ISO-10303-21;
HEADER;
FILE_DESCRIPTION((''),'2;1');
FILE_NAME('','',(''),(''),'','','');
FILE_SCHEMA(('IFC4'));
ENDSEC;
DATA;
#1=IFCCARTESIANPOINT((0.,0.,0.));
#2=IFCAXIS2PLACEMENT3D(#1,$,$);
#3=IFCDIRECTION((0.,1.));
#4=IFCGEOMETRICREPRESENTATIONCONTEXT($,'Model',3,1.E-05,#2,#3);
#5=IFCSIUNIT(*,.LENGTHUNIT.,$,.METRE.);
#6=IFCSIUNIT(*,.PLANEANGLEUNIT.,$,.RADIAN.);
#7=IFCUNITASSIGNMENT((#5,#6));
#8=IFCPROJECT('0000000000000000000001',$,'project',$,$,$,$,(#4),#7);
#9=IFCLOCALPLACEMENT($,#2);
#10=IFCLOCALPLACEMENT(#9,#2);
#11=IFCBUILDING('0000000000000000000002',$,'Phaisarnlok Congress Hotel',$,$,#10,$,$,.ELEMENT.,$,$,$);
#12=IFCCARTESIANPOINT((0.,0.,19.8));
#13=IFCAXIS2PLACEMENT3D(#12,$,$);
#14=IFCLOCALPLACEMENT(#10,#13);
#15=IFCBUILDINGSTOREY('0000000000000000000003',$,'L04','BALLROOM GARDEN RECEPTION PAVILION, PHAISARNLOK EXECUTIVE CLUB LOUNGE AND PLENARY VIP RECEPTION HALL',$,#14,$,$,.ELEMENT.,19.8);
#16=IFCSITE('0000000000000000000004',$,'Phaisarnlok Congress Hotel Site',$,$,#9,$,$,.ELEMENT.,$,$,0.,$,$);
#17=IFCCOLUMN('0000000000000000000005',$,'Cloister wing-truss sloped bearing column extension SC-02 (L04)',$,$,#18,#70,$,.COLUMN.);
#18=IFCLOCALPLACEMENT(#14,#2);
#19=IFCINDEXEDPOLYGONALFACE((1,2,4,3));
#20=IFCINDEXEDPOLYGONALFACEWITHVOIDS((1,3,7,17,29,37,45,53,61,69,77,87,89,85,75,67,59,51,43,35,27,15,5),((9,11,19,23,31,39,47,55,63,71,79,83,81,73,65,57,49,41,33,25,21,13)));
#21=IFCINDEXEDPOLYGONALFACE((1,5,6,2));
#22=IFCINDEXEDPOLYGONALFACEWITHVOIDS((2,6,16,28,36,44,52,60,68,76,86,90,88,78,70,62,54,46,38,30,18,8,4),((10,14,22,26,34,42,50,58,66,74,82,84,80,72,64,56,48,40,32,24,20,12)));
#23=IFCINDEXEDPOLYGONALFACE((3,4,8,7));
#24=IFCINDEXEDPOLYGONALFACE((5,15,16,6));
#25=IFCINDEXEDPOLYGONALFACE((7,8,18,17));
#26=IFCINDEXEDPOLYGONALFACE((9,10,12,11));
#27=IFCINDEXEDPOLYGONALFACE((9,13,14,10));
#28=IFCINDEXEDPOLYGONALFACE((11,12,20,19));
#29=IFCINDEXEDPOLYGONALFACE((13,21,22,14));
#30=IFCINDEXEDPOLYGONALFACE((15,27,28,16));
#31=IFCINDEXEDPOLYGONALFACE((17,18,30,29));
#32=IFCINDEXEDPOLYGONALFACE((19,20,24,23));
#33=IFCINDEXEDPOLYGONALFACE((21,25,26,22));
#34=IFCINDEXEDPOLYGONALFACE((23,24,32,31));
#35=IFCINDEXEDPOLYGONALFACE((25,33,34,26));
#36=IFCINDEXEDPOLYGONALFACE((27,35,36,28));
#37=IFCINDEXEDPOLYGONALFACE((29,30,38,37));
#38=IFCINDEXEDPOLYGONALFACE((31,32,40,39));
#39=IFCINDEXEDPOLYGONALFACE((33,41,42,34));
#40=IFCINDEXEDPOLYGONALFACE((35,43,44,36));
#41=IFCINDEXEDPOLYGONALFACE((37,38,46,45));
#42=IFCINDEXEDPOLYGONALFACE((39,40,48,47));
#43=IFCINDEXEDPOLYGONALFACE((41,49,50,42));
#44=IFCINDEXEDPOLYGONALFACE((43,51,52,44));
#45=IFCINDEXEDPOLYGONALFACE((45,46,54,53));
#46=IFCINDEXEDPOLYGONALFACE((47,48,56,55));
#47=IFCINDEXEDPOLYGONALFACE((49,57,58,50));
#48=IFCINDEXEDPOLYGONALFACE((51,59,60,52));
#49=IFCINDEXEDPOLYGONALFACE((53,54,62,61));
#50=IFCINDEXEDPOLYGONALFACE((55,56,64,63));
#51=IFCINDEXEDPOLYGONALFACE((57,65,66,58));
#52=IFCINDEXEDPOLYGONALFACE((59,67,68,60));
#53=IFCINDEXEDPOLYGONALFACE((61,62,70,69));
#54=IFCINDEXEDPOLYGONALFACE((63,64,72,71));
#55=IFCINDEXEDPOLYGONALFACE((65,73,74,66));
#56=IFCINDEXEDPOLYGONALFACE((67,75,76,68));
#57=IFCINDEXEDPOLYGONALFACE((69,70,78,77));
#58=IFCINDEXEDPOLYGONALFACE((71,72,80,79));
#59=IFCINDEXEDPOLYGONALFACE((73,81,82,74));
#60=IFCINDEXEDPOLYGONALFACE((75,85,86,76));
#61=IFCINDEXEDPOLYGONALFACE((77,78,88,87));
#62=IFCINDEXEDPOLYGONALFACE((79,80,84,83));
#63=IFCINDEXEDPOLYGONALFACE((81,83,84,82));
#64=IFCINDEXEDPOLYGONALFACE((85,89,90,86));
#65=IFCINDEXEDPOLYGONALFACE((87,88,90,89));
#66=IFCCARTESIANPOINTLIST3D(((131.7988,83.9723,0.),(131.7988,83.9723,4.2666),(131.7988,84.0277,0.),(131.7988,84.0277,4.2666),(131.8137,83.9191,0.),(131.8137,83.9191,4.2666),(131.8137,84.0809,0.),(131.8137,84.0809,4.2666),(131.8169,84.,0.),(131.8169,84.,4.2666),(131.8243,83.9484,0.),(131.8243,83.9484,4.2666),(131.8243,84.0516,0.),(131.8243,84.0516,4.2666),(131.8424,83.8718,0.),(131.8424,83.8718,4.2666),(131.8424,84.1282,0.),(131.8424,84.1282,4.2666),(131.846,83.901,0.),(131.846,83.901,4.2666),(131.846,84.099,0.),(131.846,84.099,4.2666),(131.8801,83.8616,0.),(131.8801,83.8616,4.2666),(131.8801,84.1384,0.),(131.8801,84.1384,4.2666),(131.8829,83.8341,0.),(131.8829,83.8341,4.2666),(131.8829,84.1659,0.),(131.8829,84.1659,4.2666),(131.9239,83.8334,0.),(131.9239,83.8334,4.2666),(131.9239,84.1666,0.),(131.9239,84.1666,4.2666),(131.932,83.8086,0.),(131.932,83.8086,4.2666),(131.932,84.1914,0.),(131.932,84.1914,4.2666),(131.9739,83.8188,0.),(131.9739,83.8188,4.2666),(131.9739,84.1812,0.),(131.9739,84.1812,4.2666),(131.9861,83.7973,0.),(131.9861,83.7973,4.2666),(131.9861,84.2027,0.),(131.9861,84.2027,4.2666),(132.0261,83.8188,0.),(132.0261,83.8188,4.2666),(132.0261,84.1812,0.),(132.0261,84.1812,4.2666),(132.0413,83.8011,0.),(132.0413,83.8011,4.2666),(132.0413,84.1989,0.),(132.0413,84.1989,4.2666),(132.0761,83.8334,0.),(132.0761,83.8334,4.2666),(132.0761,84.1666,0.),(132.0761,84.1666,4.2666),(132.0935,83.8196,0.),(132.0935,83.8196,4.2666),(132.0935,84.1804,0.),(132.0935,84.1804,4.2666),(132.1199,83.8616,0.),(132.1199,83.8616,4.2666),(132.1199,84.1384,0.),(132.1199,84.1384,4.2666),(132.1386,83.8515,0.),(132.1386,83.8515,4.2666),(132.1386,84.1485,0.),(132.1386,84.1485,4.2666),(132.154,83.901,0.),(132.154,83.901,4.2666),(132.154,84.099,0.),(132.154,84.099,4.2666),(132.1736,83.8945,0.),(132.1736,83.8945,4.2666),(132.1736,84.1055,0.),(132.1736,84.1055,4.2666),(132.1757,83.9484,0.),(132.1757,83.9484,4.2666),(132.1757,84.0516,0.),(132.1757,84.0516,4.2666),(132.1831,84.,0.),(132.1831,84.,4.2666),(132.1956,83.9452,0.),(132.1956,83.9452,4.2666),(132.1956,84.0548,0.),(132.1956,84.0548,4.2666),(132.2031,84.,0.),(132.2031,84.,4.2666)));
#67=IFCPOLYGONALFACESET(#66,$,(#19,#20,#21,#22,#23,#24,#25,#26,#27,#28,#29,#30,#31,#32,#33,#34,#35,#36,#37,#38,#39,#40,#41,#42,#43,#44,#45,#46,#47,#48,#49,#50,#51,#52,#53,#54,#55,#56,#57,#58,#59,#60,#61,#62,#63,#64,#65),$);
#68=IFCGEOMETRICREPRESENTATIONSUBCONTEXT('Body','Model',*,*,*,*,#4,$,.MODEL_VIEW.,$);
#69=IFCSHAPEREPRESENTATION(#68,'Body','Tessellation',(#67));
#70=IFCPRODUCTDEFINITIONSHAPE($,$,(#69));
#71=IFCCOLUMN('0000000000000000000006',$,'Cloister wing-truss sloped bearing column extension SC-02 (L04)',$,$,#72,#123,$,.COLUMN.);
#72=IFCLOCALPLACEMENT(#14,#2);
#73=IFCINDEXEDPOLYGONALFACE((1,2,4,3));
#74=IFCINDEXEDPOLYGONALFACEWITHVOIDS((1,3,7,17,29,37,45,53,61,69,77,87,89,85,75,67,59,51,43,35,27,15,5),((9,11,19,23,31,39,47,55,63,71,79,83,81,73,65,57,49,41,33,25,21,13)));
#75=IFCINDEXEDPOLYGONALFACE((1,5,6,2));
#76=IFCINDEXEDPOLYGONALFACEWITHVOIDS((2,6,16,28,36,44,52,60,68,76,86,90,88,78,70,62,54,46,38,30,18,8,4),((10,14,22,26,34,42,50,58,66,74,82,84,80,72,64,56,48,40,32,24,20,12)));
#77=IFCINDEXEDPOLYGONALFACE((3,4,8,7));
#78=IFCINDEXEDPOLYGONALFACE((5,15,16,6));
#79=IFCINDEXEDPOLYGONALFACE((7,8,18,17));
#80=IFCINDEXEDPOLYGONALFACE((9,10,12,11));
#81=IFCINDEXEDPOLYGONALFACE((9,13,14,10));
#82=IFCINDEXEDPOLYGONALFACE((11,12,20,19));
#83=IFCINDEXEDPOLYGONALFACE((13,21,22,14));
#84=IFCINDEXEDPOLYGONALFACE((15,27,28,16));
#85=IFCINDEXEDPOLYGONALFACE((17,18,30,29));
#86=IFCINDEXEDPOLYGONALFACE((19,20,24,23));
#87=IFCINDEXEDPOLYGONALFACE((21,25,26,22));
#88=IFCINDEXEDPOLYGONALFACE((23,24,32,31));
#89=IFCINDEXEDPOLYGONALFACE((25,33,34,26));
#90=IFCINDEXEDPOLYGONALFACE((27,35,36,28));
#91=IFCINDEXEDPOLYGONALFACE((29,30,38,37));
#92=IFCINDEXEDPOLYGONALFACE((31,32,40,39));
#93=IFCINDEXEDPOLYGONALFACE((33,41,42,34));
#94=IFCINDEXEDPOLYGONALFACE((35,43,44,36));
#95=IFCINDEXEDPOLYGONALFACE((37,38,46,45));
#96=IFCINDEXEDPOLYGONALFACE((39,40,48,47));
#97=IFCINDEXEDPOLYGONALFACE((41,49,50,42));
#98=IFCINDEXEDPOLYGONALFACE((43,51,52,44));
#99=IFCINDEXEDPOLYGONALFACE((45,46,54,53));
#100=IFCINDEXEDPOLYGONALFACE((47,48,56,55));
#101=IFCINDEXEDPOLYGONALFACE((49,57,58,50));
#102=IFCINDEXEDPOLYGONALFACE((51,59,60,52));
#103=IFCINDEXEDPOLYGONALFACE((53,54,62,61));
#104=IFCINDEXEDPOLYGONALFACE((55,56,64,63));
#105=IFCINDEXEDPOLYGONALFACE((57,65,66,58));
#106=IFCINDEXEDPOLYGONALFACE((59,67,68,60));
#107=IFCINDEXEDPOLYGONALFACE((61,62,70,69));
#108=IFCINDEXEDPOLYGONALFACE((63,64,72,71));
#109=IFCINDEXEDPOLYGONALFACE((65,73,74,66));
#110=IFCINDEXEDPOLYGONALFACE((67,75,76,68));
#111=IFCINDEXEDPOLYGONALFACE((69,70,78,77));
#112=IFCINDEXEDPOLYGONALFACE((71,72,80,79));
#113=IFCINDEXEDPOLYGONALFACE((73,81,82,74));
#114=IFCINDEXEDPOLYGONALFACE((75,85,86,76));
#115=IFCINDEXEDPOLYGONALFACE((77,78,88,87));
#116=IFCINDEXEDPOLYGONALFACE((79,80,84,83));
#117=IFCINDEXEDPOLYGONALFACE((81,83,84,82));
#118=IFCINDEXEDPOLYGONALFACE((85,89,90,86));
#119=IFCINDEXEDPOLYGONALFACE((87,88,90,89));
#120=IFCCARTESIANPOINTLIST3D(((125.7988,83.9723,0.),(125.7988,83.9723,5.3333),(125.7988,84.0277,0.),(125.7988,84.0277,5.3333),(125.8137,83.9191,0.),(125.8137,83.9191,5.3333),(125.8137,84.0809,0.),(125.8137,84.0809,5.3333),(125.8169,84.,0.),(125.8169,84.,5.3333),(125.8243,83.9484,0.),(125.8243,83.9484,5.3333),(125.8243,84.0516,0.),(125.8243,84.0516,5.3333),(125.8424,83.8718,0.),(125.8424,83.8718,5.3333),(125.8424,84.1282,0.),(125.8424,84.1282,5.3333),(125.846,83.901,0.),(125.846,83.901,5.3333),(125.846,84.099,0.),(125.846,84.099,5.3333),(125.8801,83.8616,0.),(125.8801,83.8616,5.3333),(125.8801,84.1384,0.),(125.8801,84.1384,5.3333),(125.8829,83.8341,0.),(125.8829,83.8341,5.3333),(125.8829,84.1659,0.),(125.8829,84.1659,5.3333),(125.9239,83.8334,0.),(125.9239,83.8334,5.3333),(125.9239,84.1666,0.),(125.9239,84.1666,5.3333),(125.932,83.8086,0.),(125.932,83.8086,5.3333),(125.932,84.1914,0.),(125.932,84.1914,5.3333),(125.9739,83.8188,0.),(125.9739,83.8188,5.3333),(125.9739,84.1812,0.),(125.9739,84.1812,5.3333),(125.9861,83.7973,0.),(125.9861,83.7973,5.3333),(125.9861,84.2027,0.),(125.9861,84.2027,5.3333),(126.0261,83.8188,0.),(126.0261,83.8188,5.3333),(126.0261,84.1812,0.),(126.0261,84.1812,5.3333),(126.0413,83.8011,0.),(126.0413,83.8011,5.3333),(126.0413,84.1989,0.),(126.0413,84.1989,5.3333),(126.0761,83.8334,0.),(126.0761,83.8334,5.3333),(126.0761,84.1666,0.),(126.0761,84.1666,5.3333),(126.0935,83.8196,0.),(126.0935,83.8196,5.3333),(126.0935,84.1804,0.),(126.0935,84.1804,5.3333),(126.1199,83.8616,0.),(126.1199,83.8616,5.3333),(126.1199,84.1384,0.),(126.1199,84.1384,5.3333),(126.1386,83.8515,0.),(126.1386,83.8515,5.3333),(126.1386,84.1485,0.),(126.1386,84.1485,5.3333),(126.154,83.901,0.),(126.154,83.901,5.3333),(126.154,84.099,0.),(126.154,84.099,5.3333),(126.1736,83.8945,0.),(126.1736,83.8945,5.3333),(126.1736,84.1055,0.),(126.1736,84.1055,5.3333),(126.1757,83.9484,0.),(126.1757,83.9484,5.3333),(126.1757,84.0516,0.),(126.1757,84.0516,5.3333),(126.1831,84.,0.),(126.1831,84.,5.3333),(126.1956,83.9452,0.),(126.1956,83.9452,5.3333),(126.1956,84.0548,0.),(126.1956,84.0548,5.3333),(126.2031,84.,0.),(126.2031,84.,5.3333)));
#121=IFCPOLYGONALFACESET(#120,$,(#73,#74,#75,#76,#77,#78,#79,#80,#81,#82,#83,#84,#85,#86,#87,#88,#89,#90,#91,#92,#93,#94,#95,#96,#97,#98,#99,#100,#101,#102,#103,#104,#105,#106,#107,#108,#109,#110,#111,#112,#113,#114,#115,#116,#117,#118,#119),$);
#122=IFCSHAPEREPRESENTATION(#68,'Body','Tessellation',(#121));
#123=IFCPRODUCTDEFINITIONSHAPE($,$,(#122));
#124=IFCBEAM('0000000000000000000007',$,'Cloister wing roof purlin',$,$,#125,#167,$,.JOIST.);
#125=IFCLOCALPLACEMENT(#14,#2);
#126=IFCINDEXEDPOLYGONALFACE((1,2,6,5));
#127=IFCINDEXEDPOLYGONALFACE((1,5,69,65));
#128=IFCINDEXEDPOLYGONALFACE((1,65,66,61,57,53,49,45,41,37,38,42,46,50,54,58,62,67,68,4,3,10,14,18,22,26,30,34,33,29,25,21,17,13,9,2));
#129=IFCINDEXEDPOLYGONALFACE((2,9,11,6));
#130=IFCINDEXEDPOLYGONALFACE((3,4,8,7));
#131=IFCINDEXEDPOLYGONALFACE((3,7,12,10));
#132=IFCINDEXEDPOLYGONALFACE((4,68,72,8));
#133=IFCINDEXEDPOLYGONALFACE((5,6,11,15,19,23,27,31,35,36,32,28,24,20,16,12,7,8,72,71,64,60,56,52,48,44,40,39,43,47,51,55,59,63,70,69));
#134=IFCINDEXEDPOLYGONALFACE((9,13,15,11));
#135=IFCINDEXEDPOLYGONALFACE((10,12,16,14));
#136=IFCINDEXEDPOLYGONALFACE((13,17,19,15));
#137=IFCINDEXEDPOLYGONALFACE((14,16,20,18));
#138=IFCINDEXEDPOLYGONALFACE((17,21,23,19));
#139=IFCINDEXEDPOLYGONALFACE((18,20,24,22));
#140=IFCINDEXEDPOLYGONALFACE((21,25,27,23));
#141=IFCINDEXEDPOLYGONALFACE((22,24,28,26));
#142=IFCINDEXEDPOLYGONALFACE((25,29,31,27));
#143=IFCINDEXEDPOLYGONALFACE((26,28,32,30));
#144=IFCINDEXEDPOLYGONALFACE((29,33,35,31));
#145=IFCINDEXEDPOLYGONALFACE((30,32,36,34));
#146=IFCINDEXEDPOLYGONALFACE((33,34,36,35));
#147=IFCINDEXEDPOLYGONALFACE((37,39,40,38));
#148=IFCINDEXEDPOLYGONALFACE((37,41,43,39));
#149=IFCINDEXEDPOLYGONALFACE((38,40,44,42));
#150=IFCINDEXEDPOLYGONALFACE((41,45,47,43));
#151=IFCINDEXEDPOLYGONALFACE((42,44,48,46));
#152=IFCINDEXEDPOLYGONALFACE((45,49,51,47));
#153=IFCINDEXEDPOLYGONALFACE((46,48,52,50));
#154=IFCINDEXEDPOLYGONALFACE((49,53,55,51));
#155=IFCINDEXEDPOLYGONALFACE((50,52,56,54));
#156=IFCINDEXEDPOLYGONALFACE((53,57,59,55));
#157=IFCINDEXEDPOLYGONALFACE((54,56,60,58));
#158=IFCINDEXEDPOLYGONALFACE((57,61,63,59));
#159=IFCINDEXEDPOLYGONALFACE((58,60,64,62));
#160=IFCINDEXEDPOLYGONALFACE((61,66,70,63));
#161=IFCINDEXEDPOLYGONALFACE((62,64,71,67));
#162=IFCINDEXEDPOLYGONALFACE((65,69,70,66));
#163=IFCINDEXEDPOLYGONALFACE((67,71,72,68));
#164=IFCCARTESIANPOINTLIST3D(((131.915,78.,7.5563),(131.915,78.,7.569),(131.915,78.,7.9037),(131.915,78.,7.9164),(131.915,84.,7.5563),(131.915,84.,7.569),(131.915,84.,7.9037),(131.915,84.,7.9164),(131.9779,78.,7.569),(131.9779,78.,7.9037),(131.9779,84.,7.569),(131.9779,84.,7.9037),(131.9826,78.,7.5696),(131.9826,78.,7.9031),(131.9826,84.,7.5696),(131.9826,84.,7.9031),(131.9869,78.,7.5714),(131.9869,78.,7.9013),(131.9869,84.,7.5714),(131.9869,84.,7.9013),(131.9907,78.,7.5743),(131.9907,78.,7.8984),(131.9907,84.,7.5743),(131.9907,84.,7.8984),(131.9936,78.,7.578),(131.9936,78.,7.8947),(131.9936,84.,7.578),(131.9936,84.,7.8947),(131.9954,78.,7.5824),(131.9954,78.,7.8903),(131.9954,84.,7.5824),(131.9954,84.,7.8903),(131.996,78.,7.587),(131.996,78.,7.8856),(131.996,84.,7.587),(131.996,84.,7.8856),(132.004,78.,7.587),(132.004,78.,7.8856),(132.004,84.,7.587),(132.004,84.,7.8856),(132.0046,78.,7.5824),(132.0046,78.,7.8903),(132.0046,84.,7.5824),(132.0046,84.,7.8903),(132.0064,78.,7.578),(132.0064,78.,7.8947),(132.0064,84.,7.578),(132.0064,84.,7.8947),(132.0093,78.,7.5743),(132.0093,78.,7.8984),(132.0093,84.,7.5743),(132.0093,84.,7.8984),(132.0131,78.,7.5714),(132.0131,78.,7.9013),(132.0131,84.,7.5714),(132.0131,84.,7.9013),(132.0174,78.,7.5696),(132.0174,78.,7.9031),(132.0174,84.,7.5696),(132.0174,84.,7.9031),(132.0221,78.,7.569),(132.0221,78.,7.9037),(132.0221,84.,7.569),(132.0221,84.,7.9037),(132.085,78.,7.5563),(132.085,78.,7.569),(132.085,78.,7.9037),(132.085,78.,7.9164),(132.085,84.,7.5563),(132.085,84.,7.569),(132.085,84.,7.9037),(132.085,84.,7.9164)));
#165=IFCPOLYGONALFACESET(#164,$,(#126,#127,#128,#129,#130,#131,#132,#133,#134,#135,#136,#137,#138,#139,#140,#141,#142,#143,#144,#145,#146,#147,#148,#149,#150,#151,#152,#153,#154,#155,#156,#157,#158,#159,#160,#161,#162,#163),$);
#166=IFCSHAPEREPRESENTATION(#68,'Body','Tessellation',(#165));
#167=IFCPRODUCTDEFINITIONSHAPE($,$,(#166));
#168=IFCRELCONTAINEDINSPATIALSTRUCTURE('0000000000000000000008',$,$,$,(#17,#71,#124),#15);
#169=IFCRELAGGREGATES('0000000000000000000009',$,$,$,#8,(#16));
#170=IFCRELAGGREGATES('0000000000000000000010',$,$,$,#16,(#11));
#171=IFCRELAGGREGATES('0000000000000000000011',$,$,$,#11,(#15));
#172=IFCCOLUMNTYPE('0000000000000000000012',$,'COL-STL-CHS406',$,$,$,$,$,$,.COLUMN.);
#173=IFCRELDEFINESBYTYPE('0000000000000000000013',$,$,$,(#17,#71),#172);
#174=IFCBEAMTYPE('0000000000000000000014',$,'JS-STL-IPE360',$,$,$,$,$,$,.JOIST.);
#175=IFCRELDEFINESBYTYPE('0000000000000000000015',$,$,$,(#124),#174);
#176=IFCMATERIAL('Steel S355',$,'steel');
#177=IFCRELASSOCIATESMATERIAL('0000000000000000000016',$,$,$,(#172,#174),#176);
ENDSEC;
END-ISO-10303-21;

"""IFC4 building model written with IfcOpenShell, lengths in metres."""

from ifc_helpers import new_model, si_unit, direction, frame, origin, origin_2d, place, context, subcontext, project, spatial, hollow_circle, i_section, extrude, material, material_profile, profile_set, type_object, element, save


model = new_model("IFC4")

# Units and contexts
model_context = context("Model", 3, precision=1e-05, world=origin(), true_north=direction((0.0, 1.0)))
body_context = subcontext(model_context, "Body", "Model", "MODEL_VIEW")
ifc_project = project(units=[si_unit("LENGTHUNIT", "METRE"), si_unit("PLANEANGLEUNIT", "RADIAN")], contexts=[model_context])

# Site, building, storey
site_placement = place(None, origin())
site = spatial("IfcSite", under=ifc_project, at=site_placement, Name="Phaisarnlok Congress Hotel Site", CompositionType="ELEMENT", RefElevation=0.0)
building_placement = place(site_placement, origin())
building = spatial("IfcBuilding", under=site, at=building_placement, Name="Phaisarnlok Congress Hotel", CompositionType="ELEMENT")
storey_placement = place(building_placement, frame((0.0, 0.0, 19.8)))
storey = spatial("IfcBuildingStorey", under=building, at=storey_placement, Name="L04", Description="BALLROOM GARDEN RECEPTION PAVILION, PHAISARNLOK EXECUTIVE CLUB LOUNGE AND PLENARY VIP RECEPTION HALL", CompositionType="ELEMENT", Elevation=19.8)

# Columns
ifc_material_1 = material(Name="Steel S355", Category="steel")
ifc_material_profile_1 = material_profile(ifc_material_1, hollow_circle(Radius=0.2031, WallThickness=0.02, at=origin_2d()), Name="CHS 406.4x20")
ifc_profile_set_1 = profile_set([ifc_material_profile_1], Name="Steel S355")
column_type = type_object("IfcColumnType", Name="COL-STL-CHS406", PredefinedType="COLUMN", material=ifc_profile_set_1)
column_1_placement = place(storey_placement, frame((132.0, 84.0, 0.0), z_axis=(0.0, 0.0, 1.0), x_axis=(1.0, 0.0, 0.0)))
element("IfcColumn", 1, at=column_1_placement, inside=storey, type_object=column_type, Name="Cloister wing-truss sloped bearing column extension SC-02 (L04)", PredefinedType="COLUMN", context=body_context, shape_type="SweptSolid", body=[
    extrude(hollow_circle(Radius=0.2031, WallThickness=0.02, at=origin_2d()), origin(), (0.0, 0.0, 1.0), 4.2666),
])
column_2_placement = place(storey_placement, frame((126.0, 84.0, 0.0), z_axis=(0.0, 0.0, 1.0), x_axis=(1.0, 0.0, 0.0)))
element("IfcColumn", 2, at=column_2_placement, inside=storey, type_object=column_type, Name="Cloister wing-truss sloped bearing column extension SC-02 (L04)", PredefinedType="COLUMN", context=body_context, shape_type="SweptSolid", body=[
    extrude(hollow_circle(Radius=0.2031, WallThickness=0.02, at=origin_2d()), origin(), (0.0, 0.0, 1.0), 5.3333),
])

# Beam
ifc_material_profile_2 = material_profile(ifc_material_1, i_section(OverallWidth=0.1699, OverallDepth=0.3601, WebThickness=0.0081, FlangeThickness=0.0127, FilletRadius=0.0181, at=origin_2d()), Name="IPE 360")
ifc_profile_set_2 = profile_set([ifc_material_profile_2], Name="Steel S355")
beam_type = type_object("IfcBeamType", Name="JS-STL-IPE360", PredefinedType="JOIST", material=ifc_profile_set_2)
beam_placement = place(storey_placement, frame((132.0, 78.0, 7.7363), z_axis=(0.0, 1.0, 0.0), x_axis=(-1.0, 0.0, 0.0)))
element("IfcBeam", 3, at=beam_placement, inside=storey, type_object=beam_type, Name="Cloister wing roof purlin", PredefinedType="JOIST", context=body_context, shape_type="SweptSolid", body=[
    extrude(i_section(OverallWidth=0.1699, OverallDepth=0.3601, WebThickness=0.0081, FlangeThickness=0.0127, FilletRadius=0.0181, at=origin_2d()), origin(), (0.0, 0.0, 1.0), 6.0),
])

save(model, "model.ifc")
